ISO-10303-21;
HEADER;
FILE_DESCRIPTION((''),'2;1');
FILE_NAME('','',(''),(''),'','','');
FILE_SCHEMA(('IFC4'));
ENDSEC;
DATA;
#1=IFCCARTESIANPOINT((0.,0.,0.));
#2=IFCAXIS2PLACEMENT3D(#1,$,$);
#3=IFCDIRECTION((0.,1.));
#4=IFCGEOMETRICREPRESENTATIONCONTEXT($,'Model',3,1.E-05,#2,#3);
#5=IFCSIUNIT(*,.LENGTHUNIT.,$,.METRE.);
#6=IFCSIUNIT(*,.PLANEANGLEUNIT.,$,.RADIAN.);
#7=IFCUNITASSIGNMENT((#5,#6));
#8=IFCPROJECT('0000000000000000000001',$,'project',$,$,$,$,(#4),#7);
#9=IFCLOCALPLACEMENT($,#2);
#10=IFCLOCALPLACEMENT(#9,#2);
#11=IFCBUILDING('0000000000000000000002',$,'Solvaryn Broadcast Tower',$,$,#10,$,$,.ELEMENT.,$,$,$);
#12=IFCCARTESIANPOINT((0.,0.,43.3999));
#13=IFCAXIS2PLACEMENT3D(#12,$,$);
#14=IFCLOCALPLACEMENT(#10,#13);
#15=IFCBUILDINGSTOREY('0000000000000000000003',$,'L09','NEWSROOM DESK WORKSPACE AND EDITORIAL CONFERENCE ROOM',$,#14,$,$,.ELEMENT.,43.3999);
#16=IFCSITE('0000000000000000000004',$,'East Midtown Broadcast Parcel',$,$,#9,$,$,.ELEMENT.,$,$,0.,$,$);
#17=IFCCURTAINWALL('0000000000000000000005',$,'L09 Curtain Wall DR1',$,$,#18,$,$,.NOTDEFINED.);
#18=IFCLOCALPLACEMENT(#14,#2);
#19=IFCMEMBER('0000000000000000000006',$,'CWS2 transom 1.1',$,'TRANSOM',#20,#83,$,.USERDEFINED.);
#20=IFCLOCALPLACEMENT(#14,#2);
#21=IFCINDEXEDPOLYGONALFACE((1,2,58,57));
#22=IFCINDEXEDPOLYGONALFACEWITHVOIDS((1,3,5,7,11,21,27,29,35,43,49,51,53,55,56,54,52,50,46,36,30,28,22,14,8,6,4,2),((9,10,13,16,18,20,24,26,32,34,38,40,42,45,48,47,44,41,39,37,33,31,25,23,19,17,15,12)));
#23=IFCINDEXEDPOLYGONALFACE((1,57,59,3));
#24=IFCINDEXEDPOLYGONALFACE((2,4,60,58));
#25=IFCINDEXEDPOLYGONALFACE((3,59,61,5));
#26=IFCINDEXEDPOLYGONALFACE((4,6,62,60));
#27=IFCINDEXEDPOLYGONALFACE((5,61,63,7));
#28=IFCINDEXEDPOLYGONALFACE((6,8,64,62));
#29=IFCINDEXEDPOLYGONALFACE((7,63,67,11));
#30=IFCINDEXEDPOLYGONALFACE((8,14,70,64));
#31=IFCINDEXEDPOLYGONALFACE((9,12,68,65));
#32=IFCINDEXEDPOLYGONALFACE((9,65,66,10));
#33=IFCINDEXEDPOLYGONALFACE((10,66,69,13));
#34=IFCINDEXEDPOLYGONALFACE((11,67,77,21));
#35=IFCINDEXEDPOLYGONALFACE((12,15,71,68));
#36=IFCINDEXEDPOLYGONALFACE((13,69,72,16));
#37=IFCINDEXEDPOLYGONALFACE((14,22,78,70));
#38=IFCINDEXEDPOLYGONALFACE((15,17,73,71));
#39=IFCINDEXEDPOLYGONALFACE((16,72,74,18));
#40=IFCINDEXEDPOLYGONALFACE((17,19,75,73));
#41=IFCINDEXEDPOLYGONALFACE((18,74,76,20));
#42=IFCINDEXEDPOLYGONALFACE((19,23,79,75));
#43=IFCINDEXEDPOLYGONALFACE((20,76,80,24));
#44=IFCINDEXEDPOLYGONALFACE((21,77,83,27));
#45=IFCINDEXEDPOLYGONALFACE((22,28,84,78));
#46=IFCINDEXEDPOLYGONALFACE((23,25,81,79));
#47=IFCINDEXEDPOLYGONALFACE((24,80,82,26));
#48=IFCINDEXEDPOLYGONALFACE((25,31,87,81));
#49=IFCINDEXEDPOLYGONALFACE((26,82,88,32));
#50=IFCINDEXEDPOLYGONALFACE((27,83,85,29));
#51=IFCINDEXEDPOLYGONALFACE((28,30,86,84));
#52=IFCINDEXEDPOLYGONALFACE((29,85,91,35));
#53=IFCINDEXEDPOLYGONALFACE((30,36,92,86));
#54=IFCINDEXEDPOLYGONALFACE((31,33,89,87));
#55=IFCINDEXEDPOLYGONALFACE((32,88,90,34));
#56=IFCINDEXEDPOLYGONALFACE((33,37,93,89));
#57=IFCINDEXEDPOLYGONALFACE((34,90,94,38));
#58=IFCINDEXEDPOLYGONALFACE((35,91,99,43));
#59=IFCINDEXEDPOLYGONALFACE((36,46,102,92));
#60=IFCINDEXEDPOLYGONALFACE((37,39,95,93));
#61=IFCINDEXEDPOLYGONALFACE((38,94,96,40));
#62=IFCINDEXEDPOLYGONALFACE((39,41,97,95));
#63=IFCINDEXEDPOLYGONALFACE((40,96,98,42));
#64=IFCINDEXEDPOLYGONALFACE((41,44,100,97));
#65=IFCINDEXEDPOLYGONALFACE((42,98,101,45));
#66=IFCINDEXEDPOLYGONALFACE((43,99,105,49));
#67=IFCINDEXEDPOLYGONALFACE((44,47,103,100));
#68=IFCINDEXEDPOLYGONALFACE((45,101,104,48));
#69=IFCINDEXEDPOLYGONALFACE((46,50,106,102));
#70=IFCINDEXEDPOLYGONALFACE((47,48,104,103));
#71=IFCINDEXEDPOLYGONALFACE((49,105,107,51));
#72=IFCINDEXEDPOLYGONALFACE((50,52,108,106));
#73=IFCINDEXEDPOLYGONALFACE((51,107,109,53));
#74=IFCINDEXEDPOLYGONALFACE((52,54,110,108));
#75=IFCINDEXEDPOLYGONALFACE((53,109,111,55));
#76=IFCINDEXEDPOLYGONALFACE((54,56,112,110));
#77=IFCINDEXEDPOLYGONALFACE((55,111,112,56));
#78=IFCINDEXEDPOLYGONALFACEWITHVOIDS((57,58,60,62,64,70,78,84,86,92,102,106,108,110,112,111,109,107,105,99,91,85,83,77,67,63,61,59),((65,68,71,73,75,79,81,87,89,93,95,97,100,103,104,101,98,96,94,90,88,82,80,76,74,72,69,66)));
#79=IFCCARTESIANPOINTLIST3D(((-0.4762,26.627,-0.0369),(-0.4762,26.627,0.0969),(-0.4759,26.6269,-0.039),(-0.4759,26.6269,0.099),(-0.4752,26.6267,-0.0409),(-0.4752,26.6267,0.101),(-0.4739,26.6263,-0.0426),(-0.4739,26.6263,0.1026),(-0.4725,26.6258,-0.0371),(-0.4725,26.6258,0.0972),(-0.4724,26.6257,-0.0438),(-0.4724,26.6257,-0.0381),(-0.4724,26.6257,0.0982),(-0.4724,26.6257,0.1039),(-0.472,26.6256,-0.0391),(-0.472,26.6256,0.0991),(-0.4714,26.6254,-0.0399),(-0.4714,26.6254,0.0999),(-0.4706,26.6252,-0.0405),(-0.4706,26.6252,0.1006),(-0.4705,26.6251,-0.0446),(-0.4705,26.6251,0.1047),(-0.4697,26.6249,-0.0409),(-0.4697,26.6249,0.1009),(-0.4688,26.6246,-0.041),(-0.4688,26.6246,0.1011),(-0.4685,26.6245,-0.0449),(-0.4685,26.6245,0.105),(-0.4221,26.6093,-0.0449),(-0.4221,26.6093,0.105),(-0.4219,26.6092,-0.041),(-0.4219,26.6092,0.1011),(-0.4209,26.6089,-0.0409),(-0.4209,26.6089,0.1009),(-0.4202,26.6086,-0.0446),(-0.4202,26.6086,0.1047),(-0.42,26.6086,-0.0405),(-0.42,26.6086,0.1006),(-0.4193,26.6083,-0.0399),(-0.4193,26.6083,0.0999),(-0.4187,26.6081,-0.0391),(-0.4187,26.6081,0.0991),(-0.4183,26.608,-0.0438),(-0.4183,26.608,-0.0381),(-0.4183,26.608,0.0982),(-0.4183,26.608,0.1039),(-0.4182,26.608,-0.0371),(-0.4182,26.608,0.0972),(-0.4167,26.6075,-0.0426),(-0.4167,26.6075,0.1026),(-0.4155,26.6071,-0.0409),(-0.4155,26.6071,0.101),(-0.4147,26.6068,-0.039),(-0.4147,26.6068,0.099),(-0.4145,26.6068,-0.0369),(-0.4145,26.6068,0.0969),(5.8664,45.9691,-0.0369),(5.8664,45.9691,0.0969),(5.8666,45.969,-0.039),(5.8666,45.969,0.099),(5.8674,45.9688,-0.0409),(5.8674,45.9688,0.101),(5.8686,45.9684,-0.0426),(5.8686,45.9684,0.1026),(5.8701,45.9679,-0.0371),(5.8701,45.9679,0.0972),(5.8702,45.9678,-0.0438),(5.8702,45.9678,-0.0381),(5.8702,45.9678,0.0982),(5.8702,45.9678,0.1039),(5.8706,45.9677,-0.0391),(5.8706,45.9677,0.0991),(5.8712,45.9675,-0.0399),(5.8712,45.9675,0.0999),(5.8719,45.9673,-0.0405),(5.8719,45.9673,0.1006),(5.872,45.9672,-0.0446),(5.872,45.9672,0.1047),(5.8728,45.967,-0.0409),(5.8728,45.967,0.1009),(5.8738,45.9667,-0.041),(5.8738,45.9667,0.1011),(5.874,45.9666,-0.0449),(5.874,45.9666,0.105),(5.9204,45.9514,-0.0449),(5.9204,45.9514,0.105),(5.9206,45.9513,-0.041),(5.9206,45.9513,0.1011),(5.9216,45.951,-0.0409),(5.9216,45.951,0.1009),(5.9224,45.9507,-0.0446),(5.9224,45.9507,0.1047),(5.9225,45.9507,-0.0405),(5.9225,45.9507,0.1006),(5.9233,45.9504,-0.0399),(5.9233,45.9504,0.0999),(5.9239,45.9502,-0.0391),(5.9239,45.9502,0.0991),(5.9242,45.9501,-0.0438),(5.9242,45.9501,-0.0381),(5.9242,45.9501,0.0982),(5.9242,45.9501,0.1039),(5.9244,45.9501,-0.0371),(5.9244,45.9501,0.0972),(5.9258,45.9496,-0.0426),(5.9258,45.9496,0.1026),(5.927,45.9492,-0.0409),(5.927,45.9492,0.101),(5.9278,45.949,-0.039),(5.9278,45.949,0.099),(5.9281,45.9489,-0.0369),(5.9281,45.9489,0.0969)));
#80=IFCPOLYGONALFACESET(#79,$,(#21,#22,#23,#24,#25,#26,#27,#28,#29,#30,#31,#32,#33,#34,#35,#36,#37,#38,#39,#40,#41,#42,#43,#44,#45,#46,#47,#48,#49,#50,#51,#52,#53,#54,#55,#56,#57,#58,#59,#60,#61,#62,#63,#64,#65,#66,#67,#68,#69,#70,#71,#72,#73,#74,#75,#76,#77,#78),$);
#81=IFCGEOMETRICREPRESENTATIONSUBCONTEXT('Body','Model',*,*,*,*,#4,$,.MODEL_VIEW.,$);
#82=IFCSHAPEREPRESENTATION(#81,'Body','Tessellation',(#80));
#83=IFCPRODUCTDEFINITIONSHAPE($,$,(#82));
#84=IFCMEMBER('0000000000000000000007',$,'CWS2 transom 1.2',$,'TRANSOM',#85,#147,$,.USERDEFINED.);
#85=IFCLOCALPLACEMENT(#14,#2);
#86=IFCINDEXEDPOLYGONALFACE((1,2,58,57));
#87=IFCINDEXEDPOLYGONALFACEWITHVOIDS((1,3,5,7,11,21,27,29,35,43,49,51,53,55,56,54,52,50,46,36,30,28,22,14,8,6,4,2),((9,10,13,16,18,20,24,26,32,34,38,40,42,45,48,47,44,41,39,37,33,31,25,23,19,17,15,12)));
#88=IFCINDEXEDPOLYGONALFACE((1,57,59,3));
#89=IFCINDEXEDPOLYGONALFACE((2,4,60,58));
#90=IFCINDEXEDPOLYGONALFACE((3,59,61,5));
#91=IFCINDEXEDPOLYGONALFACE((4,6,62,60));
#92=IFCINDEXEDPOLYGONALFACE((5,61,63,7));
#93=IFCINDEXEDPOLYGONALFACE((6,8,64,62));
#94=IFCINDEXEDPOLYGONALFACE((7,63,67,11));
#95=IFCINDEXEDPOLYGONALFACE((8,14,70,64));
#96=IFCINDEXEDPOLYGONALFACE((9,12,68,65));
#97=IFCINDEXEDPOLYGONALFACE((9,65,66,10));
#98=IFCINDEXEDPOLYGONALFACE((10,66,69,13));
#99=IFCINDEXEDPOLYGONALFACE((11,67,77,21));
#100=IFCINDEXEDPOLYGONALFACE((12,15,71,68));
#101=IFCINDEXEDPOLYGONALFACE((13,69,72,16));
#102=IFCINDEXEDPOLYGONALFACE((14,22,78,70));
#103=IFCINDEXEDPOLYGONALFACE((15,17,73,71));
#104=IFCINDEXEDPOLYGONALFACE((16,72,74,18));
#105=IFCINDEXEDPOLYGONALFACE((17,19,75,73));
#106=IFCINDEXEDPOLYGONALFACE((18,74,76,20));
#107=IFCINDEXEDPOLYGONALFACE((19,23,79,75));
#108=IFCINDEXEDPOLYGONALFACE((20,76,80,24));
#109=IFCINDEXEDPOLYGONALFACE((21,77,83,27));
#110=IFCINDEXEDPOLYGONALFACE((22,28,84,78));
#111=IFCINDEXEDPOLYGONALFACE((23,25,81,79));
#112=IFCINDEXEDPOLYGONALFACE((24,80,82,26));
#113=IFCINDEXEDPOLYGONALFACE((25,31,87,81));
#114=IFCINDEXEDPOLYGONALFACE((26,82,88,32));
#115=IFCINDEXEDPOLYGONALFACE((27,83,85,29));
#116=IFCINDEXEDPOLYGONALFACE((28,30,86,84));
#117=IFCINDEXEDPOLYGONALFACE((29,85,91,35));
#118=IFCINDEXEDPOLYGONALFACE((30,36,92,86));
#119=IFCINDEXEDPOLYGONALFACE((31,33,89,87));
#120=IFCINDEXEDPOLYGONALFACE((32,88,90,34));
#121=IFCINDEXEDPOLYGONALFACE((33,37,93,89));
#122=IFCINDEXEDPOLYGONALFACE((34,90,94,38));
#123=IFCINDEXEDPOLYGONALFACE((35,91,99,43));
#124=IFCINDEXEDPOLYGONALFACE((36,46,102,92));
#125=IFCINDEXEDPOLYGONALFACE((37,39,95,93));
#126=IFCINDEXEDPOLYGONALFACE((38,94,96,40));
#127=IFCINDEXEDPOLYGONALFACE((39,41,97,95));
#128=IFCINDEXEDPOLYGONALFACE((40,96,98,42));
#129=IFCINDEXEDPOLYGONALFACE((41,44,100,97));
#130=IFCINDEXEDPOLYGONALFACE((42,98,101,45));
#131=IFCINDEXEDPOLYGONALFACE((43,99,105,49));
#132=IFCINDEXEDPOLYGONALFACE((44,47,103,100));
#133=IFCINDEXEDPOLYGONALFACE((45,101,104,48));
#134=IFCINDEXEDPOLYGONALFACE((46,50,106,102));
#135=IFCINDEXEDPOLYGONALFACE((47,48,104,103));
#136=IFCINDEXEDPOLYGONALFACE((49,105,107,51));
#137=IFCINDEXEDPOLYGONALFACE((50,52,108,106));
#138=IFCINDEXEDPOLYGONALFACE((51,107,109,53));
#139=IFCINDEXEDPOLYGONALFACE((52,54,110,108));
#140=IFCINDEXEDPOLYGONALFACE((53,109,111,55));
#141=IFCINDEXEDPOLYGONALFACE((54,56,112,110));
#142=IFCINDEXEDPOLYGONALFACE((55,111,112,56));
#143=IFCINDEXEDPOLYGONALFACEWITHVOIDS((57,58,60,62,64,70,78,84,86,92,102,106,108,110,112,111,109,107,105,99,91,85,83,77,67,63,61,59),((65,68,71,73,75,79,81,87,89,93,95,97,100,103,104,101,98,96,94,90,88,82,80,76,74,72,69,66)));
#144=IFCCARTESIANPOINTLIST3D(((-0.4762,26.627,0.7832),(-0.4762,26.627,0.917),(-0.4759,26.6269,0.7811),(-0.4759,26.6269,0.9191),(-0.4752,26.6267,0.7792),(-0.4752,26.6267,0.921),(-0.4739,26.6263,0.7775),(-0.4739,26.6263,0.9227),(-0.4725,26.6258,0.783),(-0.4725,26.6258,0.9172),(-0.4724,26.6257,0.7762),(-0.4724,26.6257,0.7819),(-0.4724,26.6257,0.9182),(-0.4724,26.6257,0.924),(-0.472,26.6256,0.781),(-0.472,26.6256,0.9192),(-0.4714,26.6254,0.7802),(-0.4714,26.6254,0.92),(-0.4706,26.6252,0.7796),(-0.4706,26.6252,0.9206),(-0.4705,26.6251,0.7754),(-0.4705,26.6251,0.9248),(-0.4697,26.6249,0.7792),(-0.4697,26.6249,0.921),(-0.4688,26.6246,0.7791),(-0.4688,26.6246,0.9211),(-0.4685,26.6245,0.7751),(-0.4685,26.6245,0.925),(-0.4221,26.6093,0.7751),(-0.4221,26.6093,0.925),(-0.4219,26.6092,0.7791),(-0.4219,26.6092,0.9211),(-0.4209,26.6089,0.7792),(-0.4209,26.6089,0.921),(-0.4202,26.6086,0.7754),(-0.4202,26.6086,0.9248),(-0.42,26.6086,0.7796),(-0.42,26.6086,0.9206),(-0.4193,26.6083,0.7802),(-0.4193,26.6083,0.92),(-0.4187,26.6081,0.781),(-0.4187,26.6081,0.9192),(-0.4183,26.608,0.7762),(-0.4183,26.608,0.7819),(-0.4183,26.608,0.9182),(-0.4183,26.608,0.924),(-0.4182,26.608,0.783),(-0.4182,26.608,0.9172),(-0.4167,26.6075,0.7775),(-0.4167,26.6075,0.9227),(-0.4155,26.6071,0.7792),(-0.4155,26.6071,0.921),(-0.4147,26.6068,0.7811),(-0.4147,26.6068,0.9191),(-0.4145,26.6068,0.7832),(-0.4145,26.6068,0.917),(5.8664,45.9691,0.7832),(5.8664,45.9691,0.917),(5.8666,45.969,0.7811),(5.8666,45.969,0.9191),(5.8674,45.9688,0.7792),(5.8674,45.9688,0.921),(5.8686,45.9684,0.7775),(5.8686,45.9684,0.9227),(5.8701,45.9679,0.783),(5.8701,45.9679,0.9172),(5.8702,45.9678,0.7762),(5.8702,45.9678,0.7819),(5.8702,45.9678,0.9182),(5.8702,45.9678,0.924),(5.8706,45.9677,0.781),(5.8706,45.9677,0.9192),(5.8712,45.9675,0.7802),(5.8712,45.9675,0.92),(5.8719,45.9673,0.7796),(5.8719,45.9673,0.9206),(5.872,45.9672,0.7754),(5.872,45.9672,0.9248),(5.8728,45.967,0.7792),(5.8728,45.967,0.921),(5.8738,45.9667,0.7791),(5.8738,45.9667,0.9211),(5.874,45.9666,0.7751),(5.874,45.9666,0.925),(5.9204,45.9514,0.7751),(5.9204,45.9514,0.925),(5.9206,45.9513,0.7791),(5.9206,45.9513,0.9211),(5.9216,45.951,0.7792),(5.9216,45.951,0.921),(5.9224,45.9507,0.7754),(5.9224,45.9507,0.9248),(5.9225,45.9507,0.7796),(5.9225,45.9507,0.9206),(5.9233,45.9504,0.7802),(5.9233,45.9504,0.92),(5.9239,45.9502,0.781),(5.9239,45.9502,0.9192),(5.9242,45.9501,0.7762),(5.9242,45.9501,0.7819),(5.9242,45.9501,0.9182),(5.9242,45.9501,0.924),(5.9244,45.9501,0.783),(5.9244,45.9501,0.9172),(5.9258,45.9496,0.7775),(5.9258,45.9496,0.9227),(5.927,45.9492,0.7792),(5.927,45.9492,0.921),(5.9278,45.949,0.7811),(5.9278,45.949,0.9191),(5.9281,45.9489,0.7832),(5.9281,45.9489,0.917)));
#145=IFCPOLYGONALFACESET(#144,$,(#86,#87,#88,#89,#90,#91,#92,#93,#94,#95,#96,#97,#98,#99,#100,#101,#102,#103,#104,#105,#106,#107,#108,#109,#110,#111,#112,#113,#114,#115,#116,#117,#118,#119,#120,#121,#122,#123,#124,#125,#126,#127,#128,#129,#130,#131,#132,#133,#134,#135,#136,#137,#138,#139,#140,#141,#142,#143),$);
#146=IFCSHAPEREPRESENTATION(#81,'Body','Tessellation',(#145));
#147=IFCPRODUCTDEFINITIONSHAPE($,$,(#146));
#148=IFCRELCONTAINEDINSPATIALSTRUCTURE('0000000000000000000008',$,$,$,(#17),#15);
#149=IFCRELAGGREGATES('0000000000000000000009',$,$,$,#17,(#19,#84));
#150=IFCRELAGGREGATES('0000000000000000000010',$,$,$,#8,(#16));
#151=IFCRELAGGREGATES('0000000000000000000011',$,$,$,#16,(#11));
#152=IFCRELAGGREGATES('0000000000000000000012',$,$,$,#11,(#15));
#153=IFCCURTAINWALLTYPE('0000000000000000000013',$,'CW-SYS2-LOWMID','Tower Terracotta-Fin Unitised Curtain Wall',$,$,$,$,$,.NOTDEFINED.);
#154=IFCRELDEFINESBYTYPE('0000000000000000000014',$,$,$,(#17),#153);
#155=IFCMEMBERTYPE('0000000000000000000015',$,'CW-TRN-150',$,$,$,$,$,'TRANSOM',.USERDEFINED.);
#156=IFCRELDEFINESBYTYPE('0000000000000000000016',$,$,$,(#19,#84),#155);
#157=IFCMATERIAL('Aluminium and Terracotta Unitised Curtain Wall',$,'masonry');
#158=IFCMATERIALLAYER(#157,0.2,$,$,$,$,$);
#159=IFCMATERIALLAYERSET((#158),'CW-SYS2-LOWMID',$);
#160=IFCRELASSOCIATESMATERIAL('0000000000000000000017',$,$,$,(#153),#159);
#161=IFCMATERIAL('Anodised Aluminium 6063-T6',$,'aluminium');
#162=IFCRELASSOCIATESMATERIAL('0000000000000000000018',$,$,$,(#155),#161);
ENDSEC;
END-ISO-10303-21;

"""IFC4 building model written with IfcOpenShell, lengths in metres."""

from ifc_helpers import new_model, si_unit, direction, frame, origin, origin_2d, place, context, subcontext, project, spatial, hollow_rectangle, extrude, material, layer, layer_set, material_profile, profile_set, type_object, element, aggregate, save


model = new_model("IFC4")

# Units and contexts
model_context = context("Model", 3, precision=1e-05, world=origin(), true_north=direction((0.0, 1.0)))
body_context = subcontext(model_context, "Body", "Model", "MODEL_VIEW")
ifc_project = project(units=[si_unit("LENGTHUNIT", "METRE"), si_unit("PLANEANGLEUNIT", "RADIAN")], contexts=[model_context])

# Site, building, storey
site_placement = place(None, origin())
site = spatial("IfcSite", under=ifc_project, at=site_placement, Name="East Midtown Broadcast Parcel", CompositionType="ELEMENT", RefElevation=0.0)
building_placement = place(site_placement, origin())
building = spatial("IfcBuilding", under=site, at=building_placement, Name="Solvaryn Broadcast Tower", CompositionType="ELEMENT")
storey_placement = place(building_placement, frame((0.0, 0.0, 43.3999)))
storey = spatial("IfcBuildingStorey", under=building, at=storey_placement, Name="L09", Description="NEWSROOM DESK WORKSPACE AND EDITORIAL CONFERENCE ROOM", CompositionType="ELEMENT", Elevation=43.3999)

# Curtain wall
ifc_material_1 = material(Name="Aluminium and Terracotta Unitised Curtain Wall", Category="masonry")
ifc_layer_1 = layer(ifc_material_1, 0.2)
ifc_layer_set_1 = layer_set([ifc_layer_1], Name="CW-SYS2-LOWMID")
curtain_wall_type = type_object("IfcCurtainWallType", Name="CW-SYS2-LOWMID", Description="Tower Terracotta-Fin Unitised Curtain Wall", PredefinedType="NOTDEFINED", material=ifc_layer_set_1)
curtain_wall_1_placement = place(storey_placement, origin())
curtain_wall_1 = element("IfcCurtainWall", 1, at=curtain_wall_1_placement, inside=storey, type_object=curtain_wall_type, Name="L09 Curtain Wall DR1", PredefinedType="NOTDEFINED")

# Members
ifc_material_2 = material(Name="Anodised Aluminium 6063-T6", Category="aluminium")
ifc_material_profile_1 = material_profile(ifc_material_2, hollow_rectangle(XDim=0.0649, YDim=0.1499, WallThickness=0.0039, InnerFilletRadius=0.0039, OuterFilletRadius=0.0081, at=origin_2d()))
ifc_profile_set_1 = profile_set([ifc_material_profile_1], Name="Anodised Aluminium 6063-T6")
member_type_1 = type_object("IfcMemberType", Name="CW-TRN-150", ElementType="TRANSOM", PredefinedType="USERDEFINED", material=ifc_profile_set_1)
member_1_placement = place(storey_placement, frame((5.8972, 45.959, 0.03), z_axis=(-0.31159, -0.950217, 0.0), x_axis=(0.950217, -0.31159, 0.0)))
member_1 = element("IfcMember", 2, at=member_1_placement, type_object=member_type_1, Name="CWS2 transom 1.1", ObjectType="TRANSOM", PredefinedType="USERDEFINED", context=body_context, shape_type="SweptSolid", body=[
    extrude(hollow_rectangle(XDim=0.0649, YDim=0.1499, WallThickness=0.0039, InnerFilletRadius=0.0039, OuterFilletRadius=0.0081, at=origin_2d()), origin(), (0.0, 0.0, 1.0), 20.3555),
])
member_2_placement = place(storey_placement, frame((5.8972, 45.959, 0.8501), z_axis=(-0.31159, -0.950217, 0.0), x_axis=(0.950217, -0.31159, 0.0)))
member_2 = element("IfcMember", 3, at=member_2_placement, type_object=member_type_1, Name="CWS2 transom 1.2", ObjectType="TRANSOM", PredefinedType="USERDEFINED", context=body_context, shape_type="SweptSolid", body=[
    extrude(hollow_rectangle(XDim=0.0649, YDim=0.1499, WallThickness=0.0039, InnerFilletRadius=0.0039, OuterFilletRadius=0.0081, at=origin_2d()), origin(), (0.0, 0.0, 1.0), 20.3555),
])
aggregate(curtain_wall_1, [member_1, member_2])

save(model, "model.ifc")
